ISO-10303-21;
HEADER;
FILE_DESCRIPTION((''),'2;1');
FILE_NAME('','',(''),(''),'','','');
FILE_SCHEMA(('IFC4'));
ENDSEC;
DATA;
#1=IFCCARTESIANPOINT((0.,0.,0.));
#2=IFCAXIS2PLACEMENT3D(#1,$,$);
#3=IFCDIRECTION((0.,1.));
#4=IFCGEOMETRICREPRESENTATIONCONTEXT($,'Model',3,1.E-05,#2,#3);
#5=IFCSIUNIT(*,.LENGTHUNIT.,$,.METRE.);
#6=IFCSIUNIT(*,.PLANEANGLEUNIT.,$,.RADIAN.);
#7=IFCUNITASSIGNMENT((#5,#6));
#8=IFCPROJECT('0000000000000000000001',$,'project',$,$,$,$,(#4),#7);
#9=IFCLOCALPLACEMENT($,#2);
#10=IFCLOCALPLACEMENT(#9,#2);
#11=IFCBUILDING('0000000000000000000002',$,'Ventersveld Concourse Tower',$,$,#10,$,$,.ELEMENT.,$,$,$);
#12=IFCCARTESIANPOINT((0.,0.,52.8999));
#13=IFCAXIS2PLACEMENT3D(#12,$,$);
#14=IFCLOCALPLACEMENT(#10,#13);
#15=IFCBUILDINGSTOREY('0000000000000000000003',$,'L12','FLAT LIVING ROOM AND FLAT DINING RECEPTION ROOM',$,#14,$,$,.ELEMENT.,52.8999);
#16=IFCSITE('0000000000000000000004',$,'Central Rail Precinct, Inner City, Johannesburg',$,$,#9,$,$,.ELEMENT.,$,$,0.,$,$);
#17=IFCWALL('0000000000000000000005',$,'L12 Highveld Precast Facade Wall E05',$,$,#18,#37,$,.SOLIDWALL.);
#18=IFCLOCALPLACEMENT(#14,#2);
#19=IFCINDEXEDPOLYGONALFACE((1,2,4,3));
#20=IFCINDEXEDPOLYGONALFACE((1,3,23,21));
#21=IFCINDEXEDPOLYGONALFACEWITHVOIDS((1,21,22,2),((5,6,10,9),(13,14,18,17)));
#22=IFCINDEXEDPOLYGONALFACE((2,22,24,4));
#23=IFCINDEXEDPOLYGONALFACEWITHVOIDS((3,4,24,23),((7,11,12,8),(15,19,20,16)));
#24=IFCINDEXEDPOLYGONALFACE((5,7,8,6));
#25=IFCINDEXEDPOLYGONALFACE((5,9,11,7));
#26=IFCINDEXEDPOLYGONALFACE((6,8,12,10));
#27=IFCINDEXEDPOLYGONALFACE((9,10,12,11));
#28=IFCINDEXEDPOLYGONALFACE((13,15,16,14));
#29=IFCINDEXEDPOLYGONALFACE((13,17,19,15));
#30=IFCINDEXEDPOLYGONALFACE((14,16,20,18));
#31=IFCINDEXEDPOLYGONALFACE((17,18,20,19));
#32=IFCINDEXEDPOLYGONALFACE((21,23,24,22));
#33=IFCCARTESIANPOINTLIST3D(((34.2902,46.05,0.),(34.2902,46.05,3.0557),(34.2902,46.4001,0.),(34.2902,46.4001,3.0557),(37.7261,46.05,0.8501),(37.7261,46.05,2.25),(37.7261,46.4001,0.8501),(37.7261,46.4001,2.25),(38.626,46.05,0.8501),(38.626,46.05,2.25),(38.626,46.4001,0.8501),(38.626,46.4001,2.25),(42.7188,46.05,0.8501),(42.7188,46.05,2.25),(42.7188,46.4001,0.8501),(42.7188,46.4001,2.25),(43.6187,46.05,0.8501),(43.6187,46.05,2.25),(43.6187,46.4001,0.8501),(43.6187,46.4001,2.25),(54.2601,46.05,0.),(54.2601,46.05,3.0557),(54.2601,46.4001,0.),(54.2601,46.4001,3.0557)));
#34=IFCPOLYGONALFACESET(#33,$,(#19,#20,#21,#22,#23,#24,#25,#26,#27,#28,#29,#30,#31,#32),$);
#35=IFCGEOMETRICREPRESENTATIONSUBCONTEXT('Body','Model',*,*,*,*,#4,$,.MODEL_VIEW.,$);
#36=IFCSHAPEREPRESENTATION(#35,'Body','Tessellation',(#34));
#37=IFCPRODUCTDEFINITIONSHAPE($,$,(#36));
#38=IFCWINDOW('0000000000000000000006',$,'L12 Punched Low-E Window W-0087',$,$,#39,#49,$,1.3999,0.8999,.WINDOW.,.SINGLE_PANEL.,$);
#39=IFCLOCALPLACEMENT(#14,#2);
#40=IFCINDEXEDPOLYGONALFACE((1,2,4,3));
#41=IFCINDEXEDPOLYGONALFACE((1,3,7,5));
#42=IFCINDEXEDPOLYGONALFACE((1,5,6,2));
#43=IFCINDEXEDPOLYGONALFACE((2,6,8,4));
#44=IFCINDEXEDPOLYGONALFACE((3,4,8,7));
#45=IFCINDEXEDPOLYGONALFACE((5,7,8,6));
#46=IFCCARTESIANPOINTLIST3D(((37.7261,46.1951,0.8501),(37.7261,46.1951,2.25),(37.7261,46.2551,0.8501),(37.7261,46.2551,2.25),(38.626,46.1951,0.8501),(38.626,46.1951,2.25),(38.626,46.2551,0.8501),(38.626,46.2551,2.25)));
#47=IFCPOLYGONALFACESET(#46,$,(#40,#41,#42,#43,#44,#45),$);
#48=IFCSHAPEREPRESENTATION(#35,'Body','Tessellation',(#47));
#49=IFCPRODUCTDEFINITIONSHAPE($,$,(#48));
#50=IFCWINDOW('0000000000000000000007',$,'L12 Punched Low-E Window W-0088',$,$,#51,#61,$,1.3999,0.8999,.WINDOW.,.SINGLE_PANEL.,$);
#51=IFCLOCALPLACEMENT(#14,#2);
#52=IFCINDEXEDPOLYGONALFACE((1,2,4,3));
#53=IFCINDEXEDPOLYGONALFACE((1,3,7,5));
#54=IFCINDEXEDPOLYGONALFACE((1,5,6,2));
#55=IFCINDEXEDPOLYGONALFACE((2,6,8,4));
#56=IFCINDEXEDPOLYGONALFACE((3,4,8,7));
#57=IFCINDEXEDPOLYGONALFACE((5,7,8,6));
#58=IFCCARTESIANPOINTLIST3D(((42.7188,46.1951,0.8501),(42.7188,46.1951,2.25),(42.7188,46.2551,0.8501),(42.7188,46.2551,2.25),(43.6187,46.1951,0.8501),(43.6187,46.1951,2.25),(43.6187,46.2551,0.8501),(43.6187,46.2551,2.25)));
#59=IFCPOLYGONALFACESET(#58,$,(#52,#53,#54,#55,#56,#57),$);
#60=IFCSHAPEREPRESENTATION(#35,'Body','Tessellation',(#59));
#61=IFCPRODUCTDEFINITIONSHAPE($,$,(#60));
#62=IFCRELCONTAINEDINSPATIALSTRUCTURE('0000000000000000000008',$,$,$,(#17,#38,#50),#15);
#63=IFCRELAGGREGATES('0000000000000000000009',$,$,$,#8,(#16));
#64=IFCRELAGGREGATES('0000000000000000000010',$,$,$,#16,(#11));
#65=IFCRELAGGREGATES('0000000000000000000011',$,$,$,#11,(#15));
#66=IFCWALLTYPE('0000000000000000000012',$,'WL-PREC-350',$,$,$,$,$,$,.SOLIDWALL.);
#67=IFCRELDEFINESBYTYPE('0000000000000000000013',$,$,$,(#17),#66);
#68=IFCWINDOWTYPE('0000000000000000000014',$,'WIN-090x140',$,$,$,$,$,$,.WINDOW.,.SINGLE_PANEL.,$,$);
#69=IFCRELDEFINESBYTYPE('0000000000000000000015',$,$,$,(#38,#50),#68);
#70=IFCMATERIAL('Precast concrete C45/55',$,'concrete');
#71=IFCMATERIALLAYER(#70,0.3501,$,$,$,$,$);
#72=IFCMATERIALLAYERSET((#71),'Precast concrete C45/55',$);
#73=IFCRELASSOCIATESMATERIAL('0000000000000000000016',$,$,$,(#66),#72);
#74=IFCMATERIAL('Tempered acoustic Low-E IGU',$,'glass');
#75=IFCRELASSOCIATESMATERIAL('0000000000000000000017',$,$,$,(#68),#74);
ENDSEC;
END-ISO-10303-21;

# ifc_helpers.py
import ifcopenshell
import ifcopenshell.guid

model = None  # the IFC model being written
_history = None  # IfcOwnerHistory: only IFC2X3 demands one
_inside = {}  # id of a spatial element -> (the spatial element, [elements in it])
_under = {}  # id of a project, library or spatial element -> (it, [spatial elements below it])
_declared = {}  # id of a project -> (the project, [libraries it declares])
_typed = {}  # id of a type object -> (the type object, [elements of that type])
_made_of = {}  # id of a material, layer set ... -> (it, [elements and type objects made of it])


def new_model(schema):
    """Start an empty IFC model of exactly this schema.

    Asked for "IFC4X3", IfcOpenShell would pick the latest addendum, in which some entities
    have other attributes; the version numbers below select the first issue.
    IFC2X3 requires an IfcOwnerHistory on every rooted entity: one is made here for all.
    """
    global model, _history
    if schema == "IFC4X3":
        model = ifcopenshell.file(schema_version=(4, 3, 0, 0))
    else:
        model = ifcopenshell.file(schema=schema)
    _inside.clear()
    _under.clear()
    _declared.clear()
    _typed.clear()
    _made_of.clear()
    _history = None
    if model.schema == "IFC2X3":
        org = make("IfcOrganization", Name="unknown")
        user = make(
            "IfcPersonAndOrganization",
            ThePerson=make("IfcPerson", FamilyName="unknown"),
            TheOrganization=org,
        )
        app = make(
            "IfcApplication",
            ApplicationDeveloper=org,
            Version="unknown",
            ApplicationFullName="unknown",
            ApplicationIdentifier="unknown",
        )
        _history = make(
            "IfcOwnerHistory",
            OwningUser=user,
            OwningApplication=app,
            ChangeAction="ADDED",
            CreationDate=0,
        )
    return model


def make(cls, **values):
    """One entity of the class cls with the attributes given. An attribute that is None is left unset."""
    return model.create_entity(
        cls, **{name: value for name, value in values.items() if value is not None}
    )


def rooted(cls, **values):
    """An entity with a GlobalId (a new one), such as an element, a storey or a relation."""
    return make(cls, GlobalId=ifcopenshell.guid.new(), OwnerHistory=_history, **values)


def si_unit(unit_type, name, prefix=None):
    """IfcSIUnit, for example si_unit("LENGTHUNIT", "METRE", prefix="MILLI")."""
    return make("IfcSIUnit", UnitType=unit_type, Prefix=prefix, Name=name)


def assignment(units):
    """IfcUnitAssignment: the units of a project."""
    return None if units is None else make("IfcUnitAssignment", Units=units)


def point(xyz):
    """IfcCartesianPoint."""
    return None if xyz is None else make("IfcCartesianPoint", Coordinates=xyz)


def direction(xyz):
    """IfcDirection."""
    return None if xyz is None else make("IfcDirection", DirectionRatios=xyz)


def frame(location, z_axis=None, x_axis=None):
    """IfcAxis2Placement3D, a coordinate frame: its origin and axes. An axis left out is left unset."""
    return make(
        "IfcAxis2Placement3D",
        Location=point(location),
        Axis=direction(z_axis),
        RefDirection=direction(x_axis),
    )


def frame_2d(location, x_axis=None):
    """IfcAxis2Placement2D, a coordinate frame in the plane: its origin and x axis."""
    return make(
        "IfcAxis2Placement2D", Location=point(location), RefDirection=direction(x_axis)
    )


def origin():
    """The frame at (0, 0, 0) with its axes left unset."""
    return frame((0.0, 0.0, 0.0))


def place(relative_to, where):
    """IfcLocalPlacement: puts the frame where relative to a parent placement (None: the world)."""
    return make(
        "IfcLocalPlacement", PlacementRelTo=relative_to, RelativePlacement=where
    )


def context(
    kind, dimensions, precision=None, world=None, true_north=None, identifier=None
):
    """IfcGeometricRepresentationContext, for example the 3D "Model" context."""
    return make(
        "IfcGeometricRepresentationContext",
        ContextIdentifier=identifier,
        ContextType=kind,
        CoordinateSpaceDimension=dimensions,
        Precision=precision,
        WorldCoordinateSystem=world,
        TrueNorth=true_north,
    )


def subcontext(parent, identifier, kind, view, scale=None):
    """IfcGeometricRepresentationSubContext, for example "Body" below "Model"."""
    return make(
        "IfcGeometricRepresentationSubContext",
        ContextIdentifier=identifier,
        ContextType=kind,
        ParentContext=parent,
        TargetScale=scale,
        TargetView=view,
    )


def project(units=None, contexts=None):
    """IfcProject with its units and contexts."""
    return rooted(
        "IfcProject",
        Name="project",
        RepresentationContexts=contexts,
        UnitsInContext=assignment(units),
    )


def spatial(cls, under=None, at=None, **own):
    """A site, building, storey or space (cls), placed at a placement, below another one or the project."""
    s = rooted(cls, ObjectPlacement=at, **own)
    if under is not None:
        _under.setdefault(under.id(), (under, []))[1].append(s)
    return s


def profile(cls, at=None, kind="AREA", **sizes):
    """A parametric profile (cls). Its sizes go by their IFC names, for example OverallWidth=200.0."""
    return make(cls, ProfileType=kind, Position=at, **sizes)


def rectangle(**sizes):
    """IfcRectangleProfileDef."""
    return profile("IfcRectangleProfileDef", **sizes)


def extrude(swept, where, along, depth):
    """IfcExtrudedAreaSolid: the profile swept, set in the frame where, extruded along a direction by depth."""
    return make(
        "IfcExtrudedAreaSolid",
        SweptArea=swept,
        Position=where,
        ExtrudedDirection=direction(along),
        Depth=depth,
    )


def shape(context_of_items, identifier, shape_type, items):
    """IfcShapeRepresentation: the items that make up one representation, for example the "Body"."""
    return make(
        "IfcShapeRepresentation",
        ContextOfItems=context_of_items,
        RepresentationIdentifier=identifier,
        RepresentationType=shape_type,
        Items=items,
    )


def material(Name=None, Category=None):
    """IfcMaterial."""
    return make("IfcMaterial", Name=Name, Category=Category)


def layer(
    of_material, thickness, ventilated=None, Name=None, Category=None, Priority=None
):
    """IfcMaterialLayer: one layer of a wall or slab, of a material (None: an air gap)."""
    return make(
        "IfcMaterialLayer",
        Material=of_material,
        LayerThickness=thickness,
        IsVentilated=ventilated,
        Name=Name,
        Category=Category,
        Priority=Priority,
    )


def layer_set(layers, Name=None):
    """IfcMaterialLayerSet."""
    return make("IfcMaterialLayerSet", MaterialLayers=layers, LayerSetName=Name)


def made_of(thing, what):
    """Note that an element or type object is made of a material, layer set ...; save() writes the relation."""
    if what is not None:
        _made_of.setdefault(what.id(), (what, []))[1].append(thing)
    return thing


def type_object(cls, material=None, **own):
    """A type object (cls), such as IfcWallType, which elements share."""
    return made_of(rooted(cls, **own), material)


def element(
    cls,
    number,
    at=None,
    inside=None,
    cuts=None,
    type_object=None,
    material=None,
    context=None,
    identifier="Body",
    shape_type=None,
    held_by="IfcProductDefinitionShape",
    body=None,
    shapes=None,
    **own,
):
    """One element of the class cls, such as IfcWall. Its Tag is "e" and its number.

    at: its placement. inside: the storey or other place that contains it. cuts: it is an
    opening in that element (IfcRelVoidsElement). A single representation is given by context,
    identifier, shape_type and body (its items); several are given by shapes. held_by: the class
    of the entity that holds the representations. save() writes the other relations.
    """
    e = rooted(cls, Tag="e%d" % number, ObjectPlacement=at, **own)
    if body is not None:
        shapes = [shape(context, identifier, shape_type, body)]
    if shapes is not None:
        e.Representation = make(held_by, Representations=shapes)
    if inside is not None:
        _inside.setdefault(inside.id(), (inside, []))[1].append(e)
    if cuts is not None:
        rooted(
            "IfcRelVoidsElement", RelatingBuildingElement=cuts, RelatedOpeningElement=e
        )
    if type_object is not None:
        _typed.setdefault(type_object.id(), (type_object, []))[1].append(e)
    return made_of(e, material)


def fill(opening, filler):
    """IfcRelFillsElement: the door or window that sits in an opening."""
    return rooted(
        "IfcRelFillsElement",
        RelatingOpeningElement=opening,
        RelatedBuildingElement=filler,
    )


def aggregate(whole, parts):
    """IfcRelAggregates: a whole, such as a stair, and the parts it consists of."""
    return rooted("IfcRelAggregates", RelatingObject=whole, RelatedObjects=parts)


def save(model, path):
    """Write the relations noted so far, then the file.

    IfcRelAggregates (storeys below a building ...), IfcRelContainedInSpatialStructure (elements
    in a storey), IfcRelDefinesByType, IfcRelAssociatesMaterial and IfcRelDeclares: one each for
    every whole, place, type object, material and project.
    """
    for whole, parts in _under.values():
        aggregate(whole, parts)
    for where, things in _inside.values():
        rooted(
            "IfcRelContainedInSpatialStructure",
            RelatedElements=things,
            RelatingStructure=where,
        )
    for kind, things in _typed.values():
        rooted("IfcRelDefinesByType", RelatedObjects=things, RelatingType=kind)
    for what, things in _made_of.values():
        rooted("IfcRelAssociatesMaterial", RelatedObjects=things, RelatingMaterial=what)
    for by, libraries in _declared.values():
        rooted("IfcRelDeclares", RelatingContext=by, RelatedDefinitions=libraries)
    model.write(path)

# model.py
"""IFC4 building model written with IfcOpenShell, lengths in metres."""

from ifc_helpers import new_model, si_unit, direction, frame, frame_2d, origin, place, context, subcontext, project, spatial, rectangle, extrude, material, layer, layer_set, type_object, element, fill, save


model = new_model("IFC4")

# Units and contexts
model_context = context("Model", 3, precision=1e-05, world=origin(), true_north=direction((0.0, 1.0)))
body_context = subcontext(model_context, "Body", "Model", "MODEL_VIEW")
ifc_project = project(units=[si_unit("LENGTHUNIT", "METRE"), si_unit("PLANEANGLEUNIT", "RADIAN")], contexts=[model_context])

# Site, building, storey
site_placement = place(None, origin())
site = spatial("IfcSite", under=ifc_project, at=site_placement, Name="Central Rail Precinct, Inner City, Johannesburg", CompositionType="ELEMENT", RefElevation=0.0)
building_placement = place(site_placement, origin())
building = spatial("IfcBuilding", under=site, at=building_placement, Name="Ventersveld Concourse Tower", CompositionType="ELEMENT")
storey_placement = place(building_placement, frame((0.0, 0.0, 52.8999)))
storey = spatial("IfcBuildingStorey", under=building, at=storey_placement, Name="L12", Description="FLAT LIVING ROOM AND FLAT DINING RECEPTION ROOM", CompositionType="ELEMENT", Elevation=52.8999)

# Shared definitions
ifc_material_1 = material(Name="Precast concrete C45/55", Category="concrete")
ifc_layer_1 = layer(ifc_material_1, 0.3501)
ifc_layer_set_1 = layer_set([ifc_layer_1], Name="Precast concrete C45/55")
wall_type_1 = type_object("IfcWallType", Name="WL-PREC-350", PredefinedType="SOLIDWALL", material=ifc_layer_set_1)

# Wall, openings, windows
wall_1_placement = place(storey_placement, frame((54.26, 46.2251, 0.0), z_axis=(0.0, 0.0, 1.0), x_axis=(-1.0, 0.0, 0.0)))
wall_1 = element("IfcWall", 1, at=wall_1_placement, inside=storey, type_object=wall_type_1, Name="L12 Highveld Precast Facade Wall E05", PredefinedType="SOLIDWALL", context=body_context, shape_type="SweptSolid", body=[
    extrude(rectangle(XDim=19.97, YDim=0.3501, at=frame_2d((9.9849, 0.0))), origin(), (0.0, 0.0, 1.0), 3.0557),
])
opening_1_placement = place(wall_1_placement, frame((15.634, 0.0, 0.8501)))
opening_1 = element("IfcOpeningElement", 2, at=opening_1_placement, cuts=wall_1, PredefinedType="OPENING", context=body_context, shape_type="SweptSolid", body=[
    extrude(rectangle(XDim=0.8999, YDim=1.3999, at=frame_2d((0.45, 0.7))), frame((0.0, 0.1851, 0.0), z_axis=(0.0, -1.0, 0.0), x_axis=(1.0, 0.0, 0.0)), (0.0, 0.0, 1.0), 0.3701),
])
opening_2_placement = place(wall_1_placement, frame((10.6414, 0.0, 0.8501)))
opening_2 = element("IfcOpeningElement", 3, at=opening_2_placement, cuts=wall_1, PredefinedType="OPENING", context=body_context, shape_type="SweptSolid", body=[
    extrude(rectangle(XDim=0.8999, YDim=1.3999, at=frame_2d((0.45, 0.7))), frame((0.0, 0.1851, 0.0), z_axis=(0.0, -1.0, 0.0), x_axis=(1.0, 0.0, 0.0)), (0.0, 0.0, 1.0), 0.3701),
])
ifc_material_2 = material(Name="Tempered acoustic Low-E IGU", Category="glass")
window_type = type_object("IfcWindowType", Name="WIN-090x140", PartitioningType="SINGLE_PANEL", PredefinedType="WINDOW", material=ifc_material_2)
window_1_placement = place(opening_1_placement, origin())
window_1 = element("IfcWindow", 4, at=window_1_placement, inside=storey, type_object=window_type, Name="L12 Punched Low-E Window W-0087", OverallHeight=1.3999, OverallWidth=0.8999, PartitioningType="SINGLE_PANEL", PredefinedType="WINDOW", context=body_context, shape_type="SweptSolid", body=[
    extrude(rectangle(XDim=0.8999, YDim=1.3999, at=frame_2d((0.45, 0.7))), frame((0.0, 0.03, 0.0), z_axis=(0.0, -1.0, 0.0), x_axis=(1.0, 0.0, 0.0)), (0.0, 0.0, 1.0), 0.0601),
])
fill(opening_1, window_1)
window_2_placement = place(opening_2_placement, origin())
window_2 = element("IfcWindow", 5, at=window_2_placement, inside=storey, type_object=window_type, Name="L12 Punched Low-E Window W-0088", OverallHeight=1.3999, OverallWidth=0.8999, PartitioningType="SINGLE_PANEL", PredefinedType="WINDOW", context=body_context, shape_type="SweptSolid", body=[
    extrude(rectangle(XDim=0.8999, YDim=1.3999, at=frame_2d((0.45, 0.7))), frame((0.0, 0.03, 0.0), z_axis=(0.0, -1.0, 0.0), x_axis=(1.0, 0.0, 0.0)), (0.0, 0.0, 1.0), 0.0601),
])
fill(opening_2, window_2)

save(model, "model.ifc")
